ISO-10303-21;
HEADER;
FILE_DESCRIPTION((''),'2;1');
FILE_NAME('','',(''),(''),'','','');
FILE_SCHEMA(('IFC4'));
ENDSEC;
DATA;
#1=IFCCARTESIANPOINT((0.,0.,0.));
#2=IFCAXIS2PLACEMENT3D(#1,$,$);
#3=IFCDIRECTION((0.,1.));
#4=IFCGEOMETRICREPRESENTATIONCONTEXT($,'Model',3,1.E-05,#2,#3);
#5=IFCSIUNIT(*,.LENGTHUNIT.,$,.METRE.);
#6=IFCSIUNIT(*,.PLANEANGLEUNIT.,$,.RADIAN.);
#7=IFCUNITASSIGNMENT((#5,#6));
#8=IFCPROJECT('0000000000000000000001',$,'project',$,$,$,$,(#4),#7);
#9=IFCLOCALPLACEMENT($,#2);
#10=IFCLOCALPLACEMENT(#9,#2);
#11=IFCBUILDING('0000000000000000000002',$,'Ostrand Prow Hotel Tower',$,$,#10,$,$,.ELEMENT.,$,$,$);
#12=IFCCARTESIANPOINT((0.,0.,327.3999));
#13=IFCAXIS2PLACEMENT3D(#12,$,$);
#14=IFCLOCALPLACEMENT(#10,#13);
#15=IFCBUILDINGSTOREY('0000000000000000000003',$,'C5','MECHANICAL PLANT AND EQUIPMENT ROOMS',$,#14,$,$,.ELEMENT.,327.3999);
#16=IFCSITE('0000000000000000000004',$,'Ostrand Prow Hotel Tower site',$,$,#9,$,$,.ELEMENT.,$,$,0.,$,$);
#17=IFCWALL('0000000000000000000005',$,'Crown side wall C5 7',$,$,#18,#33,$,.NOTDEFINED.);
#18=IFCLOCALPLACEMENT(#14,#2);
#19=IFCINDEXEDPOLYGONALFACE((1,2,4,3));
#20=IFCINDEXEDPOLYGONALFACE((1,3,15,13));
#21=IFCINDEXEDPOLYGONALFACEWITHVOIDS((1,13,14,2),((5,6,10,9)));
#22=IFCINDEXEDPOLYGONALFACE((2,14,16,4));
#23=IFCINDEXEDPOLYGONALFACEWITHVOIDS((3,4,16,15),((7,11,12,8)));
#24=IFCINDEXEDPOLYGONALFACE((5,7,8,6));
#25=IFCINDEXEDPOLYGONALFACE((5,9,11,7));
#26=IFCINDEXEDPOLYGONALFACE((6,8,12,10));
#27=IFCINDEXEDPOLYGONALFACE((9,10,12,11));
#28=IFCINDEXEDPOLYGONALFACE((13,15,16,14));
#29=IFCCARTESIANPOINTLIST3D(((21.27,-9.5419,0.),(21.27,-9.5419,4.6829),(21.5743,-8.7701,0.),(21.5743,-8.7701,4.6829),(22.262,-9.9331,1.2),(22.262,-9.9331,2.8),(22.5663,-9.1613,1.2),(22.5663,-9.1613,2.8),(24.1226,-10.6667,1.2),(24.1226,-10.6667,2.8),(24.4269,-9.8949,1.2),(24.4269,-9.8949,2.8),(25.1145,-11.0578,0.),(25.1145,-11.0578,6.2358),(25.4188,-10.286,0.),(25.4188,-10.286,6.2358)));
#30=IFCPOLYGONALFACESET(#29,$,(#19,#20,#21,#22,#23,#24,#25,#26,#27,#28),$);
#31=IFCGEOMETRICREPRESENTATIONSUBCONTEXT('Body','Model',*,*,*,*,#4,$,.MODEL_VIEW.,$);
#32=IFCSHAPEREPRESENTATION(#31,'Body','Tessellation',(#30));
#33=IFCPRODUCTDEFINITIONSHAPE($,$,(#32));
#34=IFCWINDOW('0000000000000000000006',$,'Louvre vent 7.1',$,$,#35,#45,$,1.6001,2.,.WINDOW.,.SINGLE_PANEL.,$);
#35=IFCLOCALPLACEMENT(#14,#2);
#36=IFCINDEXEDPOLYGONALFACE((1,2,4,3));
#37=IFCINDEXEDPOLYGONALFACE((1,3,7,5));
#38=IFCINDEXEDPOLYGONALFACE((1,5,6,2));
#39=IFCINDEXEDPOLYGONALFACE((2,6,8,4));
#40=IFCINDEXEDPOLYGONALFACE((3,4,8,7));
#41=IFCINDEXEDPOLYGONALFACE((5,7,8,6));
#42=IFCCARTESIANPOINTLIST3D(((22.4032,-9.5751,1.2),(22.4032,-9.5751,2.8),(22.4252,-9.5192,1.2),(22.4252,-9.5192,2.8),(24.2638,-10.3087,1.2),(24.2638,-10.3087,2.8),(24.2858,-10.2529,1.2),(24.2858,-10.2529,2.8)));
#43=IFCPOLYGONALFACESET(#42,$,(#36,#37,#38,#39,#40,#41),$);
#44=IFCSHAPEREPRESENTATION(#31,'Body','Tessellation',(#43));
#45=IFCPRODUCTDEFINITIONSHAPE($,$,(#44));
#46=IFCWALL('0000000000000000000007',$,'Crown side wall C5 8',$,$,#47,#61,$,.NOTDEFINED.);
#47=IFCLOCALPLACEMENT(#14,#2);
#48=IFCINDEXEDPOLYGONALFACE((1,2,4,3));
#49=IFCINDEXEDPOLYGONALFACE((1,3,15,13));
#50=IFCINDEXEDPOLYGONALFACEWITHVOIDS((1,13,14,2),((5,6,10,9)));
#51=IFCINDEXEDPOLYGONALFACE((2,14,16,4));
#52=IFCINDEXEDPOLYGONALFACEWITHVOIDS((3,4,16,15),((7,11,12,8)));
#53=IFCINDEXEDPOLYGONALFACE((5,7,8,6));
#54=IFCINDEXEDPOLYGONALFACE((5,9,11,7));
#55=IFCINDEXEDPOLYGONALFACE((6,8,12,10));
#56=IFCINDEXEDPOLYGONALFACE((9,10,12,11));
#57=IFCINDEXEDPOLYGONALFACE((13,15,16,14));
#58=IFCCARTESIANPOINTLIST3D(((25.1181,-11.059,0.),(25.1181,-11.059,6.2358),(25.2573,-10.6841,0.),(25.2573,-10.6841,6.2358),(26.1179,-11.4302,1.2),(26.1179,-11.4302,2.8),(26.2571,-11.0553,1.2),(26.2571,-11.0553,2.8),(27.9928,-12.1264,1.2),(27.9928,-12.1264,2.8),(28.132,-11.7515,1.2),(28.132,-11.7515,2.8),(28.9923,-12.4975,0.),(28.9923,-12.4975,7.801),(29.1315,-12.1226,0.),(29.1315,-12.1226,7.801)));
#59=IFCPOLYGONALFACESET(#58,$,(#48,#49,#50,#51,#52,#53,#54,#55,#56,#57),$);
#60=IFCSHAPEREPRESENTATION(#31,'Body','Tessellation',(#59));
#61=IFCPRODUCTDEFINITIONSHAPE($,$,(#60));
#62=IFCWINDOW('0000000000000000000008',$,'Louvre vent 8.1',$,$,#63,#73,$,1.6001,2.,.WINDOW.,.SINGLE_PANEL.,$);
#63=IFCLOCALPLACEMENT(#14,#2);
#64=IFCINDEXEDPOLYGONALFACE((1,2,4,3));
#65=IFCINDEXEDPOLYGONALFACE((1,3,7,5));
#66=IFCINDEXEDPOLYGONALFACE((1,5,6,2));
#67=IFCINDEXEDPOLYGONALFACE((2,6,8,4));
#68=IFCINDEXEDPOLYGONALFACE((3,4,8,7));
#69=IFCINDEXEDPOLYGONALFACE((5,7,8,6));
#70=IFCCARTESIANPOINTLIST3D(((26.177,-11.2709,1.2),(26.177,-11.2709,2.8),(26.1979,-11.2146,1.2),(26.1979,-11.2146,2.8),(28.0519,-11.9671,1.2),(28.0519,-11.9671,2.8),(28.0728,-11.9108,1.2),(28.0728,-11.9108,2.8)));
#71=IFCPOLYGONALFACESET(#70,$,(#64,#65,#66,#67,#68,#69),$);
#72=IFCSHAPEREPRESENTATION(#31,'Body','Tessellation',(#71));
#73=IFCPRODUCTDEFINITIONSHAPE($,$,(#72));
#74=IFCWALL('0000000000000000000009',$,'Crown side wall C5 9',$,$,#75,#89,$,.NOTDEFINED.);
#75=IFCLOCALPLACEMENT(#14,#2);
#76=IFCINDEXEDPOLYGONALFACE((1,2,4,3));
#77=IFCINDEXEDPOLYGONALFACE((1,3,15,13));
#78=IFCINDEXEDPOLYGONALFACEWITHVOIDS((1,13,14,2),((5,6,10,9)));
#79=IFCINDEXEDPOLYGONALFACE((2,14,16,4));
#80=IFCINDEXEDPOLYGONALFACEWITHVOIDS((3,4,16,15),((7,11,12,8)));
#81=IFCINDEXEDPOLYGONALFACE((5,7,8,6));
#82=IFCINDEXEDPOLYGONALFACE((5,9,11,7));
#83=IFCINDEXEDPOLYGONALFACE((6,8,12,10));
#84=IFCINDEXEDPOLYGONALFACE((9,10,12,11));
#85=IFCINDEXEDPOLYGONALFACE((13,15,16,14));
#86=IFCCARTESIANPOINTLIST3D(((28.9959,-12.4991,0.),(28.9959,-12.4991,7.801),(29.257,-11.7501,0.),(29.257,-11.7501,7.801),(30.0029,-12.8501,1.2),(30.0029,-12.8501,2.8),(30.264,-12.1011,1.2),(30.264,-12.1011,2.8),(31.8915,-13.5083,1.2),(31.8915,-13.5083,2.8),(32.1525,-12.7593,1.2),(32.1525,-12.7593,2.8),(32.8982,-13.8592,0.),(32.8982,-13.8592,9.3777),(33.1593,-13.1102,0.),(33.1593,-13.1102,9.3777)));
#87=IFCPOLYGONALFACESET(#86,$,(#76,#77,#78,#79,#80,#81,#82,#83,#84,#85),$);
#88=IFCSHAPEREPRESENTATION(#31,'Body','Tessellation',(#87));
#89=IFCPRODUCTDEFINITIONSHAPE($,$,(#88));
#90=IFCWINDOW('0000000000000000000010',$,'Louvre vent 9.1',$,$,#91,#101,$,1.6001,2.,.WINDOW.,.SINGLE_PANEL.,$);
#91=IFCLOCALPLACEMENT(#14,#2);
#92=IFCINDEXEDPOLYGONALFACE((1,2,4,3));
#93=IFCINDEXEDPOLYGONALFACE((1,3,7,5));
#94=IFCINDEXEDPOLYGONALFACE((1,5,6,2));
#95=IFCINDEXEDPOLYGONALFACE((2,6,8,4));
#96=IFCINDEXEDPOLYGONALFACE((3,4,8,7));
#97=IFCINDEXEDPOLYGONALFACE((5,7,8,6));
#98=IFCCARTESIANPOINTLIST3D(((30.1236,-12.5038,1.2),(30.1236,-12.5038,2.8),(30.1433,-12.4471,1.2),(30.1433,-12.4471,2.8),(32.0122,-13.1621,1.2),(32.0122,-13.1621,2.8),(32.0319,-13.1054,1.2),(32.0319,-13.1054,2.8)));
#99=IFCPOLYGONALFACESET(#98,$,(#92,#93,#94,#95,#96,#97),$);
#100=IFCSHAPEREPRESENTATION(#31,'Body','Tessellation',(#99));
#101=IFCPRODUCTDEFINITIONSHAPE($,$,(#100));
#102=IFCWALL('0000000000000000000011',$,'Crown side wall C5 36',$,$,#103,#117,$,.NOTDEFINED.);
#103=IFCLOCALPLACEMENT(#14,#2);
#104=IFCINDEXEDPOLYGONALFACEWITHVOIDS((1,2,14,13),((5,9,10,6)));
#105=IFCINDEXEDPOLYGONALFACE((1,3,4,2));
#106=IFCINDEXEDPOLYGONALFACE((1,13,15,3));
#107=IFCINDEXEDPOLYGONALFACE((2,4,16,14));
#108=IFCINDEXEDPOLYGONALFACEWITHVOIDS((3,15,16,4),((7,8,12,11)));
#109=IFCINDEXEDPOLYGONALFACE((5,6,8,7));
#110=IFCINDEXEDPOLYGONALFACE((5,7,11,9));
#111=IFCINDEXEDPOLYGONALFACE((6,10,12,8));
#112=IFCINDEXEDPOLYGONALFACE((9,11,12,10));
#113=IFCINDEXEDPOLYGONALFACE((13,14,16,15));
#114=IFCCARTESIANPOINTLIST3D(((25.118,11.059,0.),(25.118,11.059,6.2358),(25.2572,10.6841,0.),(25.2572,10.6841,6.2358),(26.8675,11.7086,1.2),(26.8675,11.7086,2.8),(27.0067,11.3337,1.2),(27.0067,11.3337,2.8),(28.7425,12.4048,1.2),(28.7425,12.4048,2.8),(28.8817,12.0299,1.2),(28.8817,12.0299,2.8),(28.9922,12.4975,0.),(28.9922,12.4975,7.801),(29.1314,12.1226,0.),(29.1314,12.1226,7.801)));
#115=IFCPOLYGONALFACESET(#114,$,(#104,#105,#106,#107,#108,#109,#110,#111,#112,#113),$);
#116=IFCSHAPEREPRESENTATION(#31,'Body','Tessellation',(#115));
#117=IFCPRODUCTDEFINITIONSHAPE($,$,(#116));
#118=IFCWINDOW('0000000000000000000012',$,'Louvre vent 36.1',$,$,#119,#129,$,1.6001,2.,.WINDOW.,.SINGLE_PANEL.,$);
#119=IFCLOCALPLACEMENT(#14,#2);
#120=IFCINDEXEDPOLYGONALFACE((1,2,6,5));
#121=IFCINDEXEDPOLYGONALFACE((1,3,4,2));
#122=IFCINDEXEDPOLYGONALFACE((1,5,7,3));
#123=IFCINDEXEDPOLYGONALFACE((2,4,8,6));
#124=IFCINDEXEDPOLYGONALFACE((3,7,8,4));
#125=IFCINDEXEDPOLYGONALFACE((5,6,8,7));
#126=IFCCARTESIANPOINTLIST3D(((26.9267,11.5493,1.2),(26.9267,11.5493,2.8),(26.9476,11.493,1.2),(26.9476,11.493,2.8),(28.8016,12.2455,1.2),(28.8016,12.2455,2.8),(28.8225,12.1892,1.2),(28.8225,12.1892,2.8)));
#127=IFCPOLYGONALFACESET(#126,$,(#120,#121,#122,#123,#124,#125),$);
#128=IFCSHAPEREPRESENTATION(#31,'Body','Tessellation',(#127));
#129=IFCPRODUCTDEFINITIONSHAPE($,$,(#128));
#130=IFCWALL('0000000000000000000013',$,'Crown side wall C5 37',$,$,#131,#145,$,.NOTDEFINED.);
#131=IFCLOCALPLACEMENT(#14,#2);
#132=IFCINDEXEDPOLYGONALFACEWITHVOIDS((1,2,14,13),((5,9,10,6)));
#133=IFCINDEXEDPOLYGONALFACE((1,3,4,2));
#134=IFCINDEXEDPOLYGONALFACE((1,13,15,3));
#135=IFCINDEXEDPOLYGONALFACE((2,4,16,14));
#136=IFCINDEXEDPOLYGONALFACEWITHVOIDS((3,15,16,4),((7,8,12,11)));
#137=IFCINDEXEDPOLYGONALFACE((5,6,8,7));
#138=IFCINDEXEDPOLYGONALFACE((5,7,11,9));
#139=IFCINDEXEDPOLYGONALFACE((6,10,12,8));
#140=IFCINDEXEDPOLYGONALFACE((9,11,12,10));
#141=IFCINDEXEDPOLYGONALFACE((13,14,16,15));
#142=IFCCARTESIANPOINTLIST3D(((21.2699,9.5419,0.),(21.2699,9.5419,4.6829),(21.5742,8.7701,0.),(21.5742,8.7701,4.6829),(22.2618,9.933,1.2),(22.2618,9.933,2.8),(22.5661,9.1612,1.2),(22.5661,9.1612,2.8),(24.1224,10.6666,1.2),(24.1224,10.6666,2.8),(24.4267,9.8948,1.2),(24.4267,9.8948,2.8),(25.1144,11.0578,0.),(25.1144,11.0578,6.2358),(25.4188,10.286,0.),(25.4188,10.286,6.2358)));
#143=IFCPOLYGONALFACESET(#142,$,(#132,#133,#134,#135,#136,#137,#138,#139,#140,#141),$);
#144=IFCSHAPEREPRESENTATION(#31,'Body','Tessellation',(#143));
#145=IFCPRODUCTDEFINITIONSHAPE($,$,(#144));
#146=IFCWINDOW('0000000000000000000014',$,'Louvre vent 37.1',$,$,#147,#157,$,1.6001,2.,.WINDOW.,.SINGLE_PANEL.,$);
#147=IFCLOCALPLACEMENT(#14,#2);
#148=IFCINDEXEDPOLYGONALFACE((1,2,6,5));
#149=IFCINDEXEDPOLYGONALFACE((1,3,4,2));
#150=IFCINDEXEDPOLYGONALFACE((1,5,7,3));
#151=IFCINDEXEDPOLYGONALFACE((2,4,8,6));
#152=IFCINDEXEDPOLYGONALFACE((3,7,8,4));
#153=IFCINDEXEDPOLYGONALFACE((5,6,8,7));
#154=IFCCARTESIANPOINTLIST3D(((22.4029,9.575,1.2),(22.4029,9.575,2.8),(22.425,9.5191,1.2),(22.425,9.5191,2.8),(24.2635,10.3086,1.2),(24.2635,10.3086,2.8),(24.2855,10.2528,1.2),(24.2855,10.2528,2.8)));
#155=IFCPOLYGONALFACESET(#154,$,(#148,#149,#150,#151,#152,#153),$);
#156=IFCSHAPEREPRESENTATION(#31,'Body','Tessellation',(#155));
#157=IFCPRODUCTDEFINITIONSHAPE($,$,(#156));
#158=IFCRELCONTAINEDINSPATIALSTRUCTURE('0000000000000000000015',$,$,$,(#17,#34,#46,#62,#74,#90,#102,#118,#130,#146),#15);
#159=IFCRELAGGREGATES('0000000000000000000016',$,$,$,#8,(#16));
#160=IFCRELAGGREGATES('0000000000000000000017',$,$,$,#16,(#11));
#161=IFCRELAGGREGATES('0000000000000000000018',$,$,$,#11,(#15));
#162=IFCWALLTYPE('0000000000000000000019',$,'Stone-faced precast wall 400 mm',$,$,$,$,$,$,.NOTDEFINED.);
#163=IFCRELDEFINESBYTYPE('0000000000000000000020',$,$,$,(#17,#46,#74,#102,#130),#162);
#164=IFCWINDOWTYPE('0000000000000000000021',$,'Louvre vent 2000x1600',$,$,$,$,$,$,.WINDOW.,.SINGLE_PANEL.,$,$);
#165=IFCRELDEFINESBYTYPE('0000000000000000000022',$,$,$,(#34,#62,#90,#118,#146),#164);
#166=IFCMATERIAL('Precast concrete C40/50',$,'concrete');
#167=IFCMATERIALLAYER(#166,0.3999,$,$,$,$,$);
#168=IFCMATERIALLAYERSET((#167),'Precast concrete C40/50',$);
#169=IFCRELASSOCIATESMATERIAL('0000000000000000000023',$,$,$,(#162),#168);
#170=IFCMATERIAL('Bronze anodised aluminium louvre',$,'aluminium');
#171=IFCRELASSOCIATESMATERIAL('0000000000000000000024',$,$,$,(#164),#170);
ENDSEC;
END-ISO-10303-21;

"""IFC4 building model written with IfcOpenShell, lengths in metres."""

from ifc_helpers import new_model, si_unit, direction, frame, frame_2d, origin, place, context, subcontext, project, spatial, polyline, rectangle, outline, extrude, material, layer, layer_set, type_object, element, fill, save


model = new_model("IFC4")

# Units and contexts
model_context = context("Model", 3, precision=1e-05, world=origin(), true_north=direction((0.0, 1.0)))
body_context = subcontext(model_context, "Body", "Model", "MODEL_VIEW")
ifc_project = project(units=[si_unit("LENGTHUNIT", "METRE"), si_unit("PLANEANGLEUNIT", "RADIAN")], contexts=[model_context])

# Site, building, storey
site_placement = place(None, origin())
site = spatial("IfcSite", under=ifc_project, at=site_placement, Name="Ostrand Prow Hotel Tower site", CompositionType="ELEMENT", RefElevation=0.0)
building_placement = place(site_placement, origin())
building = spatial("IfcBuilding", under=site, at=building_placement, Name="Ostrand Prow Hotel Tower", CompositionType="ELEMENT")
storey_placement = place(building_placement, frame((0.0, 0.0, 327.3999)))
storey = spatial("IfcBuildingStorey", under=building, at=storey_placement, Name="C5", Description="MECHANICAL PLANT AND EQUIPMENT ROOMS", CompositionType="ELEMENT", Elevation=327.3999)

# Walls, openings, windows
ifc_material_1 = material(Name="Precast concrete C40/50", Category="concrete")
ifc_layer_1 = layer(ifc_material_1, 0.3999)
ifc_layer_set_1 = layer_set([ifc_layer_1], Name="Precast concrete C40/50")
wall_type_1 = type_object("IfcWallType", Name="Stone-faced precast wall 400 mm", PredefinedType="NOTDEFINED", material=ifc_layer_set_1)
wall_1_placement = place(storey_placement, frame((21.4221, -9.156, 0.0), z_axis=(0.0, 0.0, 1.0), x_axis=(0.930295, -0.366813, 0.0)))
wall_1 = element("IfcWall", 1, at=wall_1_placement, inside=storey, type_object=wall_type_1, Name="Crown side wall C5 7", PredefinedType="NOTDEFINED", context=body_context, shape_type="SweptSolid", body=[
    extrude(outline(polyline([(0.0, 0.0), (4.1326, 0.0), (4.1326, 6.2358), (0.0, 4.6829), (0.0, 0.0)])), frame((0.0, 0.4148, 0.0), z_axis=(0.0, -1.0, 0.0), x_axis=(1.0, 0.0, 0.0)), (0.0, 0.0, 1.0), 0.8296),
])
opening_1_placement = place(wall_1_placement, frame((1.0664, 0.0, 1.2)))
opening_1 = element("IfcOpeningElement", 2, at=opening_1_placement, cuts=wall_1, PredefinedType="OPENING", context=body_context, shape_type="SweptSolid", body=[
    extrude(rectangle(XDim=2.0, YDim=1.6001, at=frame_2d((1.0, 0.8))), frame((0.0, 0.4248, 0.0), z_axis=(0.0, -1.0, 0.0), x_axis=(1.0, 0.0, 0.0)), (0.0, 0.0, 1.0), 0.8496),
])
ifc_material_2 = material(Name="Bronze anodised aluminium louvre", Category="aluminium")
window_type = type_object("IfcWindowType", Name="Louvre vent 2000x1600", PartitioningType="SINGLE_PANEL", PredefinedType="WINDOW", material=ifc_material_2)
window_1_placement = place(opening_1_placement, origin())
window_1 = element("IfcWindow", 3, at=window_1_placement, inside=storey, type_object=window_type, Name="Louvre vent 7.1", OverallHeight=1.6001, OverallWidth=2.0, PartitioningType="SINGLE_PANEL", PredefinedType="WINDOW", context=body_context, shape_type="SweptSolid", body=[
    extrude(rectangle(XDim=2.0, YDim=1.6001, at=frame_2d((1.0, 0.8))), frame((0.0, 0.03, 0.0), z_axis=(0.0, -1.0, 0.0), x_axis=(1.0, 0.0, 0.0)), (0.0, 0.0, 1.0), 0.0601),
])
fill(opening_1, window_1)
wall_2_placement = place(storey_placement, frame((25.1877, -10.8716, 0.0), z_axis=(0.0, 0.0, 1.0), x_axis=(0.937461, -0.348092, 0.0)))
wall_2 = element("IfcWall", 4, at=wall_2_placement, inside=storey, type_object=wall_type_1, Name="Crown side wall C5 8", PredefinedType="NOTDEFINED", context=body_context, shape_type="SweptSolid", body=[
    extrude(outline(polyline([(0.0, 0.0), (4.1326, 0.0), (4.1326, 7.801), (0.0, 6.2358), (0.0, 0.0)])), frame((0.0, 0.2, 0.0), z_axis=(0.0, -1.0, 0.0), x_axis=(1.0, 0.0, 0.0)), (0.0, 0.0, 1.0), 0.3999),
])
opening_2_placement = place(wall_2_placement, frame((1.0664, 0.0, 1.2)))
opening_2 = element("IfcOpeningElement", 5, at=opening_2_placement, cuts=wall_2, PredefinedType="OPENING", context=body_context, shape_type="SweptSolid", body=[
    extrude(rectangle(XDim=2.0, YDim=1.6001, at=frame_2d((1.0, 0.8))), frame((0.0, 0.21, 0.0), z_axis=(0.0, -1.0, 0.0), x_axis=(1.0, 0.0, 0.0)), (0.0, 0.0, 1.0), 0.4199),
])
window_2_placement = place(opening_2_placement, origin())
window_2 = element("IfcWindow", 6, at=window_2_placement, inside=storey, type_object=window_type, Name="Louvre vent 8.1", OverallHeight=1.6001, OverallWidth=2.0, PartitioningType="SINGLE_PANEL", PredefinedType="WINDOW", context=body_context, shape_type="SweptSolid", body=[
    extrude(rectangle(XDim=2.0, YDim=1.6001, at=frame_2d((1.0, 0.8))), frame((0.0, 0.03, 0.0), z_axis=(0.0, -1.0, 0.0), x_axis=(1.0, 0.0, 0.0)), (0.0, 0.0, 1.0), 0.0601),
])
fill(opening_2, window_2)
wall_3_placement = place(storey_placement, frame((29.1265, -12.1245, 0.0), z_axis=(0.0, 0.0, 1.0), x_axis=(0.944289, -0.329119, 0.0)))
wall_3 = element("IfcWall", 7, at=wall_3_placement, inside=storey, type_object=wall_type_1, Name="Crown side wall C5 9", PredefinedType="NOTDEFINED", context=body_context, shape_type="SweptSolid", body=[
    extrude(outline(polyline([(0.0, 0.0), (4.1326, 0.0), (4.1326, 9.3777), (0.0, 7.801), (0.0, 0.0)])), frame((0.0, 0.3965, 0.0), z_axis=(0.0, -1.0, 0.0), x_axis=(1.0, 0.0, 0.0)), (0.0, 0.0, 1.0), 0.7932),
])
opening_3_placement = place(wall_3_placement, frame((1.0664, 0.0, 1.2)))
opening_3 = element("IfcOpeningElement", 8, at=opening_3_placement, cuts=wall_3, PredefinedType="OPENING", context=body_context, shape_type="SweptSolid", body=[
    extrude(rectangle(XDim=2.0, YDim=1.6001, at=frame_2d((1.0, 0.8))), frame((0.0, 0.4065, 0.0), z_axis=(0.0, -1.0, 0.0), x_axis=(1.0, 0.0, 0.0)), (0.0, 0.0, 1.0), 0.8132),
])
window_3_placement = place(opening_3_placement, origin())
window_3 = element("IfcWindow", 9, at=window_3_placement, inside=storey, type_object=window_type, Name="Louvre vent 9.1", OverallHeight=1.6001, OverallWidth=2.0, PartitioningType="SINGLE_PANEL", PredefinedType="WINDOW", context=body_context, shape_type="SweptSolid", body=[
    extrude(rectangle(XDim=2.0, YDim=1.6001, at=frame_2d((1.0, 0.8))), frame((0.0, 0.03, 0.0), z_axis=(0.0, -1.0, 0.0), x_axis=(1.0, 0.0, 0.0)), (0.0, 0.0, 1.0), 0.0601),
])
fill(opening_3, window_3)
wall_4_placement = place(storey_placement, frame((29.0618, 12.3101, 0.0), z_axis=(0.0, 0.0, 1.0), x_axis=(-0.937461, -0.348092, 0.0)))
wall_4 = element("IfcWall", 10, at=wall_4_placement, inside=storey, type_object=wall_type_1, Name="Crown side wall C5 36", PredefinedType="NOTDEFINED", context=body_context, shape_type="SweptSolid", body=[
    extrude(outline(polyline([(0.0, 0.0), (4.1326, 0.0), (4.1326, 6.2358), (0.0, 7.801), (0.0, 0.0)])), frame((0.0, 0.2, 0.0), z_axis=(0.0, -1.0, 0.0), x_axis=(1.0, 0.0, 0.0)), (0.0, 0.0, 1.0), 0.3999),
])
opening_4_placement = place(wall_4_placement, frame((0.2664, 0.0, 1.2)))
opening_4 = element("IfcOpeningElement", 11, at=opening_4_placement, cuts=wall_4, PredefinedType="OPENING", context=body_context, shape_type="SweptSolid", body=[
    extrude(rectangle(XDim=2.0, YDim=1.6001, at=frame_2d((1.0, 0.8))), frame((0.0, 0.21, 0.0), z_axis=(0.0, -1.0, 0.0), x_axis=(1.0, 0.0, 0.0)), (0.0, 0.0, 1.0), 0.4199),
])
window_4_placement = place(opening_4_placement, origin())
window_4 = element("IfcWindow", 12, at=window_4_placement, inside=storey, type_object=window_type, Name="Louvre vent 36.1", OverallHeight=1.6001, OverallWidth=2.0, PartitioningType="SINGLE_PANEL", PredefinedType="WINDOW", context=body_context, shape_type="SweptSolid", body=[
    extrude(rectangle(XDim=2.0, YDim=1.6001, at=frame_2d((1.0, 0.8))), frame((0.0, 0.03, 0.0), z_axis=(0.0, -1.0, 0.0), x_axis=(1.0, 0.0, 0.0)), (0.0, 0.0, 1.0), 0.0601),
])
fill(opening_4, window_4)
wall_5_placement = place(storey_placement, frame((25.2666, 10.6719, 0.0), z_axis=(0.0, 0.0, 1.0), x_axis=(-0.930295, -0.366813, 0.0)))
wall_5 = element("IfcWall", 13, at=wall_5_placement, inside=storey, type_object=wall_type_1, Name="Crown side wall C5 37", PredefinedType="NOTDEFINED", context=body_context, shape_type="SweptSolid", body=[
    extrude(outline(polyline([(0.0, 0.0), (4.1326, 0.0), (4.1326, 4.6829), (0.0, 6.2358), (0.0, 0.0)])), frame((0.0, 0.4148, 0.0), z_axis=(0.0, -1.0, 0.0), x_axis=(1.0, 0.0, 0.0)), (0.0, 0.0, 1.0), 0.8296),
])
opening_5_placement = place(wall_5_placement, frame((1.0664, 0.0, 1.2)))
opening_5 = element("IfcOpeningElement", 14, at=opening_5_placement, cuts=wall_5, PredefinedType="OPENING", context=body_context, shape_type="SweptSolid", body=[
    extrude(rectangle(XDim=2.0, YDim=1.6001, at=frame_2d((1.0, 0.8))), frame((0.0, 0.4248, 0.0), z_axis=(0.0, -1.0, 0.0), x_axis=(1.0, 0.0, 0.0)), (0.0, 0.0, 1.0), 0.8496),
])
window_5_placement = place(opening_5_placement, origin())
window_5 = element("IfcWindow", 15, at=window_5_placement, inside=storey, type_object=window_type, Name="Louvre vent 37.1", OverallHeight=1.6001, OverallWidth=2.0, PartitioningType="SINGLE_PANEL", PredefinedType="WINDOW", context=body_context, shape_type="SweptSolid", body=[
    extrude(rectangle(XDim=2.0, YDim=1.6001, at=frame_2d((1.0, 0.8))), frame((0.0, 0.03, 0.0), z_axis=(0.0, -1.0, 0.0), x_axis=(1.0, 0.0, 0.0)), (0.0, 0.0, 1.0), 0.0601),
])
fill(opening_5, window_5)

save(model, "model.ifc")
